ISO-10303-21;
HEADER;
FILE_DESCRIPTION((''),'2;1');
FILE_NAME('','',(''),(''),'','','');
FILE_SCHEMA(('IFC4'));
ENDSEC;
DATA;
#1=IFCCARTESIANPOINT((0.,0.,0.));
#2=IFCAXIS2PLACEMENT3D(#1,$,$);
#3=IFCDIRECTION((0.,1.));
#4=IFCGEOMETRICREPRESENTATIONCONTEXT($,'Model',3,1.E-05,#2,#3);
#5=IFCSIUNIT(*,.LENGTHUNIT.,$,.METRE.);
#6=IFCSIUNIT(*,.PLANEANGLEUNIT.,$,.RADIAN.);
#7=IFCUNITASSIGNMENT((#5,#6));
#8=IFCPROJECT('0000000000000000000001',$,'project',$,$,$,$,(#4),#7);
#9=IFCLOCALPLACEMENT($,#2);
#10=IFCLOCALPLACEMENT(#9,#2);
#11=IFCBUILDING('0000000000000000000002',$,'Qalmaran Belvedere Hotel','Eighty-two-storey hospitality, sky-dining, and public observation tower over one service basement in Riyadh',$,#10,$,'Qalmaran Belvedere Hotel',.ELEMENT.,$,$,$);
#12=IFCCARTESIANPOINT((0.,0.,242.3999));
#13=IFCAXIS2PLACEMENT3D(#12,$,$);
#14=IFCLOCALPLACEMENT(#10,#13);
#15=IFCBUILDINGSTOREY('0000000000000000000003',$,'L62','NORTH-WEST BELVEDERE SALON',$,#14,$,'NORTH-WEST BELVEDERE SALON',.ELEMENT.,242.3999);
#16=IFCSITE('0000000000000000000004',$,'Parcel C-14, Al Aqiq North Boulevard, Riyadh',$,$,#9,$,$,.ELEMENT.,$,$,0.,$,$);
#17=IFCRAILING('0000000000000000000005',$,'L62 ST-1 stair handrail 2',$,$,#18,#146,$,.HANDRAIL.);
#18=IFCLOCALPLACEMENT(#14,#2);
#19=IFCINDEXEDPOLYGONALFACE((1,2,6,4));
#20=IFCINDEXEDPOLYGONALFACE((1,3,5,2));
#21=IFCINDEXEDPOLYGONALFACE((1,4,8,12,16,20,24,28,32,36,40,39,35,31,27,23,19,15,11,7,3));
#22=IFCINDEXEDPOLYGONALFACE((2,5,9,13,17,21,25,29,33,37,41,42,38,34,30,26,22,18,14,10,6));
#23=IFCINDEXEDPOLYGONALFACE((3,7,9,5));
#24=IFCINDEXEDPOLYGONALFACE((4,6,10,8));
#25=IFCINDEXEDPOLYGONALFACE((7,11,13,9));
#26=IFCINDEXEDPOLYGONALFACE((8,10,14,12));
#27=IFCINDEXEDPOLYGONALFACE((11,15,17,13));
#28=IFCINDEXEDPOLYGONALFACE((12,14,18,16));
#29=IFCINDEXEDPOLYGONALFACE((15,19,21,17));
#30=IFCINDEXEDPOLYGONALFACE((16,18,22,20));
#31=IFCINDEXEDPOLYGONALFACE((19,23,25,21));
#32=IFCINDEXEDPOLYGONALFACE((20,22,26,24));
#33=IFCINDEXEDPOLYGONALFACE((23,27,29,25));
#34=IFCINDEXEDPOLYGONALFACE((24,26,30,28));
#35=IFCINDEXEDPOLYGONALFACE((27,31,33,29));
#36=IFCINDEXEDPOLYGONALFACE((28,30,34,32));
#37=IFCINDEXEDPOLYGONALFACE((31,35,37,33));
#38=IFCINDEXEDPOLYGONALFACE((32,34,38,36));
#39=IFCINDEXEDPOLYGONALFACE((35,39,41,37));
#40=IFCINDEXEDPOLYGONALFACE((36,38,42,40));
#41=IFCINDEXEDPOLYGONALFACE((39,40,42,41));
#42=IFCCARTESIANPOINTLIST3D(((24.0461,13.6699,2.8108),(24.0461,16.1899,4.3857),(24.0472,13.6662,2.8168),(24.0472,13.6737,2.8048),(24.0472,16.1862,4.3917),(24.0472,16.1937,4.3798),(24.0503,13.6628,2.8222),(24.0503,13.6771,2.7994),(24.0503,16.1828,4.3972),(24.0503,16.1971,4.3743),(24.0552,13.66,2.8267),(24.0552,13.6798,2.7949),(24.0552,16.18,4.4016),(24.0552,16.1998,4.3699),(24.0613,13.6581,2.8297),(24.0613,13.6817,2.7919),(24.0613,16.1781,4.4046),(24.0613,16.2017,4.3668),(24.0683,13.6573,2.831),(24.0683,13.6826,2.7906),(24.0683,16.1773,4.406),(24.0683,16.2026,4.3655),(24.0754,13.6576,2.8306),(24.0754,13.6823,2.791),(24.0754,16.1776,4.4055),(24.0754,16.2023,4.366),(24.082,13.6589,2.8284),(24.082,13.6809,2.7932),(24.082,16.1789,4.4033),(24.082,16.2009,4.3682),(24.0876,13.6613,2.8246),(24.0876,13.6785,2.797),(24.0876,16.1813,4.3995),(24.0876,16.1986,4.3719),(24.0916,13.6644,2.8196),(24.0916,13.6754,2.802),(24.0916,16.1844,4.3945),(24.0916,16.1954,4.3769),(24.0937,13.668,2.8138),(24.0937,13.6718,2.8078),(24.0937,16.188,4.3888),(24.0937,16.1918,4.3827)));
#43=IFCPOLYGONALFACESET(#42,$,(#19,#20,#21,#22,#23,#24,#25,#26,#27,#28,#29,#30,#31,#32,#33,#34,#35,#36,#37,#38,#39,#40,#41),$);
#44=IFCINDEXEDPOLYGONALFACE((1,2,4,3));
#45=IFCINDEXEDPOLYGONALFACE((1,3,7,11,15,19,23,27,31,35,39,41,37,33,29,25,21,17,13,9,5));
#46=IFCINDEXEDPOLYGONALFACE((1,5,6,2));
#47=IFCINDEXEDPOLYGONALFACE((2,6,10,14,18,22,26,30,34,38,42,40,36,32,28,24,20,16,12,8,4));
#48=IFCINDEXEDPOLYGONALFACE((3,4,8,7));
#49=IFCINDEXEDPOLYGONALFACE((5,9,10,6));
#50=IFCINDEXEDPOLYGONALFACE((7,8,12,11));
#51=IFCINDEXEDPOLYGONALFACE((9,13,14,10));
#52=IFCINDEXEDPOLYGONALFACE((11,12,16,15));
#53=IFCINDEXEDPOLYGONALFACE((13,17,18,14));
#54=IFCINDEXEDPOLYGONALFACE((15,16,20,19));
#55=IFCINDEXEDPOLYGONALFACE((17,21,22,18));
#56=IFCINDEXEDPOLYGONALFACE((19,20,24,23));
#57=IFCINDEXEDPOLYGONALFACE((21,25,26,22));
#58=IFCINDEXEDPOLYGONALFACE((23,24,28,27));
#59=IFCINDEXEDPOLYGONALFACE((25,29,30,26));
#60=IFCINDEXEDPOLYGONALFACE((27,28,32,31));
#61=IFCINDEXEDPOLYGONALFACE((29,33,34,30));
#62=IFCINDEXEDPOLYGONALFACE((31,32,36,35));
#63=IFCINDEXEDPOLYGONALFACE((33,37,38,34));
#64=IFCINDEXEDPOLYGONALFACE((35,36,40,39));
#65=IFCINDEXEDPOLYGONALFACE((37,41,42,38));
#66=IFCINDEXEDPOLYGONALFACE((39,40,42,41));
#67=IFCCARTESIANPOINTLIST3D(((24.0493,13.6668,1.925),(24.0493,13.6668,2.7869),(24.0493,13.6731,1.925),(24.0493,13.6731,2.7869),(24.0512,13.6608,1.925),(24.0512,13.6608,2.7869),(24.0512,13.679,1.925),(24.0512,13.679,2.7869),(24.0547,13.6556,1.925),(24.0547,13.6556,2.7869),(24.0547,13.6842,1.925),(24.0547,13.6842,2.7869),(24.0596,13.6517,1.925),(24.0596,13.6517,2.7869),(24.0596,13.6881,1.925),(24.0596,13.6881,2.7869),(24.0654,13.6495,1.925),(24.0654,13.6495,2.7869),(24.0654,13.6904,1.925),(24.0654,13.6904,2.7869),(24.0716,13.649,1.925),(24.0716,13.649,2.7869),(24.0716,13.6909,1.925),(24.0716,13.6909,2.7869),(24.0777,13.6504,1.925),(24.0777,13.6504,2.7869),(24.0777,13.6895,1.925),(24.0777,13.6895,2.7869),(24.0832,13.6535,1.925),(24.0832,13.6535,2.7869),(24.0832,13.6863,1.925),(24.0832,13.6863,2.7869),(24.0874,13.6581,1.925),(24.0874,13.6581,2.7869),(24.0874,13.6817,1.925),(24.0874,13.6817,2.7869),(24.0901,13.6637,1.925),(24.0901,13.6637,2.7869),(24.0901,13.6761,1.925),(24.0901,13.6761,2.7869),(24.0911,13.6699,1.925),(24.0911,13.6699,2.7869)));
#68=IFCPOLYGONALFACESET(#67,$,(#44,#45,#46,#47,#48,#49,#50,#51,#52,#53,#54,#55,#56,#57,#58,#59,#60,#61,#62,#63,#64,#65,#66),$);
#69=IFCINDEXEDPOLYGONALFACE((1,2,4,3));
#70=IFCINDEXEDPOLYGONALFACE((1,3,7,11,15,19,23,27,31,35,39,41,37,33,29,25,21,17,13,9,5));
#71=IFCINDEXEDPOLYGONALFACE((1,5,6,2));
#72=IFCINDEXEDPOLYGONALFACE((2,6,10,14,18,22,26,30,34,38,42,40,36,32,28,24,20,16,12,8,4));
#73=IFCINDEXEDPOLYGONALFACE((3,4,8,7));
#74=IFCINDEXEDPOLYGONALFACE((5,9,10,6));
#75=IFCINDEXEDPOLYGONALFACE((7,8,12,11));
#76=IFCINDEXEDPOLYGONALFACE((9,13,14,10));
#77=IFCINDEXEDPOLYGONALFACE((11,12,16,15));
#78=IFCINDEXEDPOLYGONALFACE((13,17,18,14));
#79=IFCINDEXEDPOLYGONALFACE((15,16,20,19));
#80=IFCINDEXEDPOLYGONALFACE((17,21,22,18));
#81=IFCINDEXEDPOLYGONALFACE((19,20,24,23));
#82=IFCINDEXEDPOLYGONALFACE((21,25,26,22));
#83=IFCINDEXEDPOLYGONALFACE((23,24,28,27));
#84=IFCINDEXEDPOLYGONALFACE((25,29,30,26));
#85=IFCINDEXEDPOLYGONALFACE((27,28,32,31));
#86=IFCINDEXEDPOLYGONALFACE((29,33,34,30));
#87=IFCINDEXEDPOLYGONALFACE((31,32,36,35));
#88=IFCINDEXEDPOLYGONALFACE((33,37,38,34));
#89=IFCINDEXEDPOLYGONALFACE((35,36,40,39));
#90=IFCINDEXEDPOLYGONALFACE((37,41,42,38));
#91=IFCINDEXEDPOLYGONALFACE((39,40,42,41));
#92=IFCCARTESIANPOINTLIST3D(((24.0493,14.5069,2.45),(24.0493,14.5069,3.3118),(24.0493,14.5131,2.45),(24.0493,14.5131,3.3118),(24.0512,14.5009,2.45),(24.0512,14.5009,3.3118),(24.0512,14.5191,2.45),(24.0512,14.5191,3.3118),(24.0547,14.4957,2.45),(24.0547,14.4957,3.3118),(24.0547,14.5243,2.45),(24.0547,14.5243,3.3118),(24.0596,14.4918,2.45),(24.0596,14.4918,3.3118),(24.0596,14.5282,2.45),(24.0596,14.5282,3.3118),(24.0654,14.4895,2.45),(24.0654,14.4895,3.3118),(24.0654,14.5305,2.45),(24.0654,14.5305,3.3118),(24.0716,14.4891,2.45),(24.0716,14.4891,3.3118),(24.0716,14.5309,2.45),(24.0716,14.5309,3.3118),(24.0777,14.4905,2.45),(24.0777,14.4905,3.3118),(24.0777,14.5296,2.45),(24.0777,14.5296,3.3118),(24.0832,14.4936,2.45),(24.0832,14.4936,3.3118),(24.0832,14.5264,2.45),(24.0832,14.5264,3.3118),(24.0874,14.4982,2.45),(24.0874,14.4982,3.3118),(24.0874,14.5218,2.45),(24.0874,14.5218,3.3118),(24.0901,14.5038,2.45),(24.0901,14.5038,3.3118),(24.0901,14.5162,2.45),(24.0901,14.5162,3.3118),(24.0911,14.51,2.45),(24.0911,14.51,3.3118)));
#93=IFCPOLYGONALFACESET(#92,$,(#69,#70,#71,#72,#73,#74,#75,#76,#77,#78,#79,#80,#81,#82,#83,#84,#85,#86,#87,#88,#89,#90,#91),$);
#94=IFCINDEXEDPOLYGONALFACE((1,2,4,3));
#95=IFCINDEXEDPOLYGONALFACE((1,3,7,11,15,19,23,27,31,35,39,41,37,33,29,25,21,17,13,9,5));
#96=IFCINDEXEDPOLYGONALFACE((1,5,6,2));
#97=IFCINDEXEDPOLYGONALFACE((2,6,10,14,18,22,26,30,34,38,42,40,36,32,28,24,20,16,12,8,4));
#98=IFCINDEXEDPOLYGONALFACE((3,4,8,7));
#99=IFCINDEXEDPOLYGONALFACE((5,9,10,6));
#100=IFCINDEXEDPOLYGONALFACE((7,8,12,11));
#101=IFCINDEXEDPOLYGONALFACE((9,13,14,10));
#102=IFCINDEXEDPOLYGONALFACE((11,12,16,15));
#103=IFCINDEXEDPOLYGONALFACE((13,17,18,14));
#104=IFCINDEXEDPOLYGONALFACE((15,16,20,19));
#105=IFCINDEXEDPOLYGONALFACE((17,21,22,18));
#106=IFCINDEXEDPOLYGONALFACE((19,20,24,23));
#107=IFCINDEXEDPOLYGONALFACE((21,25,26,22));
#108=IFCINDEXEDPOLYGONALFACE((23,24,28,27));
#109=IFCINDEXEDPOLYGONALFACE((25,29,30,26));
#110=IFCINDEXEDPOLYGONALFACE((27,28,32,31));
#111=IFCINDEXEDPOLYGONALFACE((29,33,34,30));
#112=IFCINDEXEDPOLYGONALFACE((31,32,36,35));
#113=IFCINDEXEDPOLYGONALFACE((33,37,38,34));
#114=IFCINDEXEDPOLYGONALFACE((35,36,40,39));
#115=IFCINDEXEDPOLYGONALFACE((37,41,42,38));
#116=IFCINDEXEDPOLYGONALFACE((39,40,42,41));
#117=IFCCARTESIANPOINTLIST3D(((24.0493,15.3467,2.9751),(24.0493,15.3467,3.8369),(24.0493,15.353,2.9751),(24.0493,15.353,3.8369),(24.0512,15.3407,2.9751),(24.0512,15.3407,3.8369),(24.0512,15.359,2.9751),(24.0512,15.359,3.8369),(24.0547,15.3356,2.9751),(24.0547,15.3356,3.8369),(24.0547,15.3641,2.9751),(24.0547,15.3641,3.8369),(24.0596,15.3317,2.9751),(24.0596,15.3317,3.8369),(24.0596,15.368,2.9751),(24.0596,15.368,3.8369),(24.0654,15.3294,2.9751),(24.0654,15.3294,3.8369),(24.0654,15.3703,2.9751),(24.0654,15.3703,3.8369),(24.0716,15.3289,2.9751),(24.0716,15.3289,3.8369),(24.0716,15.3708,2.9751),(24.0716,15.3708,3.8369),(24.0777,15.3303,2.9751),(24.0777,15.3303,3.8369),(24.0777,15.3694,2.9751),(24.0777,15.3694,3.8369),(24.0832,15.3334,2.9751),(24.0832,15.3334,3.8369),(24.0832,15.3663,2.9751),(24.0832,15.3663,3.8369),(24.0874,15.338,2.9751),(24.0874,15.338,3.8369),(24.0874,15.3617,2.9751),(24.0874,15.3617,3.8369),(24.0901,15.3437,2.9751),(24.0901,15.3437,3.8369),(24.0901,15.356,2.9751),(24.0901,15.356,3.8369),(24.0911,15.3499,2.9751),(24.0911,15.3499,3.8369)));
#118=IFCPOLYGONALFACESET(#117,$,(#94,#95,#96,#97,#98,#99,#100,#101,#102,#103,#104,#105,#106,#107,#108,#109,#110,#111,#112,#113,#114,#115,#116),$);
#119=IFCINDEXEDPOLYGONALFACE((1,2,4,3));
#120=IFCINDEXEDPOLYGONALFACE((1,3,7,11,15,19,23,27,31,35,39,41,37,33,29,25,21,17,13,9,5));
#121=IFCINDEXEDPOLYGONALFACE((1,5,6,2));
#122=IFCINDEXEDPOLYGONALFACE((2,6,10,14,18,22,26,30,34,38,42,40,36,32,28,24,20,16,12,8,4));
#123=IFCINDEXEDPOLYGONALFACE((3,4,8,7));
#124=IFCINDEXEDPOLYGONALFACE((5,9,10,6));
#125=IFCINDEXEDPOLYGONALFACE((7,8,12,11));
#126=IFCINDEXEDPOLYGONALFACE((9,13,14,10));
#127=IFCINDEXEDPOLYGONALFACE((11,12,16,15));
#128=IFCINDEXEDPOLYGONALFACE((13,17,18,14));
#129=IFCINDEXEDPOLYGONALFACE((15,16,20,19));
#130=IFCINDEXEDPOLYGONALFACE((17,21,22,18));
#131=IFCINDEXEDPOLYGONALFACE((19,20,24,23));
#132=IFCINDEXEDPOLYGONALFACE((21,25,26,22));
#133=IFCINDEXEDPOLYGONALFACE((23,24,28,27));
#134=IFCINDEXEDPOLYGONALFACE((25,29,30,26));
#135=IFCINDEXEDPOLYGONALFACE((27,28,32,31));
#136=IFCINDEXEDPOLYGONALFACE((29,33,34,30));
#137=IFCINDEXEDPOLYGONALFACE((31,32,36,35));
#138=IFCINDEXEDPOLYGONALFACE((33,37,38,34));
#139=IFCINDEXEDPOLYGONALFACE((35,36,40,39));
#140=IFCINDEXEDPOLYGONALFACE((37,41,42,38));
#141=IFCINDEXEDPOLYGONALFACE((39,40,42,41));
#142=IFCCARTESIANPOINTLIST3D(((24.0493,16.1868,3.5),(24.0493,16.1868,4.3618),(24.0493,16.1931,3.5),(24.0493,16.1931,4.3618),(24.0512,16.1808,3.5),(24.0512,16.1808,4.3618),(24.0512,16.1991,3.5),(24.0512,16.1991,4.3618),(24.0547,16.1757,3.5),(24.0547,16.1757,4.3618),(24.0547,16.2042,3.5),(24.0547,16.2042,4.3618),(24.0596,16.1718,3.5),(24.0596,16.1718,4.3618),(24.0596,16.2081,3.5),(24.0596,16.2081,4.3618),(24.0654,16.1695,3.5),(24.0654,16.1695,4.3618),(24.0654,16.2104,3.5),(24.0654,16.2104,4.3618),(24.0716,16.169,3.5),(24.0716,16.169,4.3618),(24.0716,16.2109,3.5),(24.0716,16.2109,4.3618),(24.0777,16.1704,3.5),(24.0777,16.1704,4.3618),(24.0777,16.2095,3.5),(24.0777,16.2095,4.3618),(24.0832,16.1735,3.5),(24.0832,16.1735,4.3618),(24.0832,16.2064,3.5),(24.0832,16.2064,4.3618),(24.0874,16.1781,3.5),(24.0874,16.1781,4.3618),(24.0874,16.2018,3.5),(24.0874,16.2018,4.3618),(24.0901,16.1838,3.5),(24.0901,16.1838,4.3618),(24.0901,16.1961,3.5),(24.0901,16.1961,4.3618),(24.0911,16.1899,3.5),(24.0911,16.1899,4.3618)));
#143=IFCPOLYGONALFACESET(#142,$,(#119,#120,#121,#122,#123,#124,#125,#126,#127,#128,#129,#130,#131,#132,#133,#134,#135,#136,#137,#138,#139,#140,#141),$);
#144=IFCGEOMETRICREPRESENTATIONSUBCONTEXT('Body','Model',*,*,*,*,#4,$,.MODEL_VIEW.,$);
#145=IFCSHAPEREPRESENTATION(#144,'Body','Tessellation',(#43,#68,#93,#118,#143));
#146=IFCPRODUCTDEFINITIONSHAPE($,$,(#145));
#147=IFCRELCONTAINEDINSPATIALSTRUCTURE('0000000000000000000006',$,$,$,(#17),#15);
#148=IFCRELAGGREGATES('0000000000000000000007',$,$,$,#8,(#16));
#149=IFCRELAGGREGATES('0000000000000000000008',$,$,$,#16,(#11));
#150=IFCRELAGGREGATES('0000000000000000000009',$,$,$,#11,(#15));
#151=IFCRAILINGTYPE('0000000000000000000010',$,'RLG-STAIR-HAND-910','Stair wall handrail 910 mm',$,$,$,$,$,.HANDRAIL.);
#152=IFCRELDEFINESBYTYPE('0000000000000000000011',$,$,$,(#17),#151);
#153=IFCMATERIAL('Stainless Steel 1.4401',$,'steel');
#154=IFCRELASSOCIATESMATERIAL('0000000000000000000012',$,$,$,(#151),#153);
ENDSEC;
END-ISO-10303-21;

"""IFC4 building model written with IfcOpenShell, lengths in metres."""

from ifc_helpers import new_model, si_unit, direction, frame, origin, origin_2d, place, context, subcontext, project, spatial, circle, extrude, material, type_object, element, save


model = new_model("IFC4")

# Units and contexts
model_context = context("Model", 3, precision=1e-05, world=origin(), true_north=direction((0.0, 1.0)))
body_context = subcontext(model_context, "Body", "Model", "MODEL_VIEW")
ifc_project = project(units=[si_unit("LENGTHUNIT", "METRE"), si_unit("PLANEANGLEUNIT", "RADIAN")], contexts=[model_context])

# Site, building, storey
site_placement = place(None, origin())
site = spatial("IfcSite", under=ifc_project, at=site_placement, Name="Parcel C-14, Al Aqiq North Boulevard, Riyadh", CompositionType="ELEMENT", RefElevation=0.0)
building_placement = place(site_placement, origin())
building = spatial("IfcBuilding", under=site, at=building_placement, Name="Qalmaran Belvedere Hotel", Description="Eighty-two-storey hospitality, sky-dining, and public observation tower over one service basement in Riyadh", LongName="Qalmaran Belvedere Hotel", CompositionType="ELEMENT")
storey_placement = place(building_placement, frame((0.0, 0.0, 242.3999)))
storey = spatial("IfcBuildingStorey", under=building, at=storey_placement, Name="L62", Description="NORTH-WEST BELVEDERE SALON", LongName="NORTH-WEST BELVEDERE SALON", CompositionType="ELEMENT", Elevation=242.3999)

# Railing
ifc_material_1 = material(Name="Stainless Steel 1.4401", Category="steel")
railing_type_1 = type_object("IfcRailingType", Name="RLG-STAIR-HAND-910", Description="Stair wall handrail 910 mm", PredefinedType="HANDRAIL", material=ifc_material_1)
railing_1_placement = place(storey_placement, frame((24.0701, 13.6699, 1.925)))
element("IfcRailing", 1, at=railing_1_placement, inside=storey, type_object=railing_type_1, Name="L62 ST-1 stair handrail 2", PredefinedType="HANDRAIL", context=body_context, shape_type="SweptSolid", body=[
    extrude(circle(Radius=0.0239, at=origin_2d()), frame((0.0, 0.0, 0.8857), z_axis=(0.0, 0.848008, 0.529984), x_axis=(-1.0, 0.0, 0.0)), (0.0, 0.0, 1.0), 2.9717),
    extrude(circle(Radius=0.021, at=origin_2d()), origin(), (0.0, 0.0, 1.0), 0.8618),
    extrude(circle(Radius=0.021, at=origin_2d()), frame((0.0, 0.8401, 0.5249)), (0.0, 0.0, 1.0), 0.8618),
    extrude(circle(Radius=0.021, at=origin_2d()), frame((0.0, 1.6799, 1.05)), (0.0, 0.0, 1.0), 0.8618),
    extrude(circle(Radius=0.021, at=origin_2d()), frame((0.0, 2.52, 1.575)), (0.0, 0.0, 1.0), 0.8618),
])

save(model, "model.ifc")
